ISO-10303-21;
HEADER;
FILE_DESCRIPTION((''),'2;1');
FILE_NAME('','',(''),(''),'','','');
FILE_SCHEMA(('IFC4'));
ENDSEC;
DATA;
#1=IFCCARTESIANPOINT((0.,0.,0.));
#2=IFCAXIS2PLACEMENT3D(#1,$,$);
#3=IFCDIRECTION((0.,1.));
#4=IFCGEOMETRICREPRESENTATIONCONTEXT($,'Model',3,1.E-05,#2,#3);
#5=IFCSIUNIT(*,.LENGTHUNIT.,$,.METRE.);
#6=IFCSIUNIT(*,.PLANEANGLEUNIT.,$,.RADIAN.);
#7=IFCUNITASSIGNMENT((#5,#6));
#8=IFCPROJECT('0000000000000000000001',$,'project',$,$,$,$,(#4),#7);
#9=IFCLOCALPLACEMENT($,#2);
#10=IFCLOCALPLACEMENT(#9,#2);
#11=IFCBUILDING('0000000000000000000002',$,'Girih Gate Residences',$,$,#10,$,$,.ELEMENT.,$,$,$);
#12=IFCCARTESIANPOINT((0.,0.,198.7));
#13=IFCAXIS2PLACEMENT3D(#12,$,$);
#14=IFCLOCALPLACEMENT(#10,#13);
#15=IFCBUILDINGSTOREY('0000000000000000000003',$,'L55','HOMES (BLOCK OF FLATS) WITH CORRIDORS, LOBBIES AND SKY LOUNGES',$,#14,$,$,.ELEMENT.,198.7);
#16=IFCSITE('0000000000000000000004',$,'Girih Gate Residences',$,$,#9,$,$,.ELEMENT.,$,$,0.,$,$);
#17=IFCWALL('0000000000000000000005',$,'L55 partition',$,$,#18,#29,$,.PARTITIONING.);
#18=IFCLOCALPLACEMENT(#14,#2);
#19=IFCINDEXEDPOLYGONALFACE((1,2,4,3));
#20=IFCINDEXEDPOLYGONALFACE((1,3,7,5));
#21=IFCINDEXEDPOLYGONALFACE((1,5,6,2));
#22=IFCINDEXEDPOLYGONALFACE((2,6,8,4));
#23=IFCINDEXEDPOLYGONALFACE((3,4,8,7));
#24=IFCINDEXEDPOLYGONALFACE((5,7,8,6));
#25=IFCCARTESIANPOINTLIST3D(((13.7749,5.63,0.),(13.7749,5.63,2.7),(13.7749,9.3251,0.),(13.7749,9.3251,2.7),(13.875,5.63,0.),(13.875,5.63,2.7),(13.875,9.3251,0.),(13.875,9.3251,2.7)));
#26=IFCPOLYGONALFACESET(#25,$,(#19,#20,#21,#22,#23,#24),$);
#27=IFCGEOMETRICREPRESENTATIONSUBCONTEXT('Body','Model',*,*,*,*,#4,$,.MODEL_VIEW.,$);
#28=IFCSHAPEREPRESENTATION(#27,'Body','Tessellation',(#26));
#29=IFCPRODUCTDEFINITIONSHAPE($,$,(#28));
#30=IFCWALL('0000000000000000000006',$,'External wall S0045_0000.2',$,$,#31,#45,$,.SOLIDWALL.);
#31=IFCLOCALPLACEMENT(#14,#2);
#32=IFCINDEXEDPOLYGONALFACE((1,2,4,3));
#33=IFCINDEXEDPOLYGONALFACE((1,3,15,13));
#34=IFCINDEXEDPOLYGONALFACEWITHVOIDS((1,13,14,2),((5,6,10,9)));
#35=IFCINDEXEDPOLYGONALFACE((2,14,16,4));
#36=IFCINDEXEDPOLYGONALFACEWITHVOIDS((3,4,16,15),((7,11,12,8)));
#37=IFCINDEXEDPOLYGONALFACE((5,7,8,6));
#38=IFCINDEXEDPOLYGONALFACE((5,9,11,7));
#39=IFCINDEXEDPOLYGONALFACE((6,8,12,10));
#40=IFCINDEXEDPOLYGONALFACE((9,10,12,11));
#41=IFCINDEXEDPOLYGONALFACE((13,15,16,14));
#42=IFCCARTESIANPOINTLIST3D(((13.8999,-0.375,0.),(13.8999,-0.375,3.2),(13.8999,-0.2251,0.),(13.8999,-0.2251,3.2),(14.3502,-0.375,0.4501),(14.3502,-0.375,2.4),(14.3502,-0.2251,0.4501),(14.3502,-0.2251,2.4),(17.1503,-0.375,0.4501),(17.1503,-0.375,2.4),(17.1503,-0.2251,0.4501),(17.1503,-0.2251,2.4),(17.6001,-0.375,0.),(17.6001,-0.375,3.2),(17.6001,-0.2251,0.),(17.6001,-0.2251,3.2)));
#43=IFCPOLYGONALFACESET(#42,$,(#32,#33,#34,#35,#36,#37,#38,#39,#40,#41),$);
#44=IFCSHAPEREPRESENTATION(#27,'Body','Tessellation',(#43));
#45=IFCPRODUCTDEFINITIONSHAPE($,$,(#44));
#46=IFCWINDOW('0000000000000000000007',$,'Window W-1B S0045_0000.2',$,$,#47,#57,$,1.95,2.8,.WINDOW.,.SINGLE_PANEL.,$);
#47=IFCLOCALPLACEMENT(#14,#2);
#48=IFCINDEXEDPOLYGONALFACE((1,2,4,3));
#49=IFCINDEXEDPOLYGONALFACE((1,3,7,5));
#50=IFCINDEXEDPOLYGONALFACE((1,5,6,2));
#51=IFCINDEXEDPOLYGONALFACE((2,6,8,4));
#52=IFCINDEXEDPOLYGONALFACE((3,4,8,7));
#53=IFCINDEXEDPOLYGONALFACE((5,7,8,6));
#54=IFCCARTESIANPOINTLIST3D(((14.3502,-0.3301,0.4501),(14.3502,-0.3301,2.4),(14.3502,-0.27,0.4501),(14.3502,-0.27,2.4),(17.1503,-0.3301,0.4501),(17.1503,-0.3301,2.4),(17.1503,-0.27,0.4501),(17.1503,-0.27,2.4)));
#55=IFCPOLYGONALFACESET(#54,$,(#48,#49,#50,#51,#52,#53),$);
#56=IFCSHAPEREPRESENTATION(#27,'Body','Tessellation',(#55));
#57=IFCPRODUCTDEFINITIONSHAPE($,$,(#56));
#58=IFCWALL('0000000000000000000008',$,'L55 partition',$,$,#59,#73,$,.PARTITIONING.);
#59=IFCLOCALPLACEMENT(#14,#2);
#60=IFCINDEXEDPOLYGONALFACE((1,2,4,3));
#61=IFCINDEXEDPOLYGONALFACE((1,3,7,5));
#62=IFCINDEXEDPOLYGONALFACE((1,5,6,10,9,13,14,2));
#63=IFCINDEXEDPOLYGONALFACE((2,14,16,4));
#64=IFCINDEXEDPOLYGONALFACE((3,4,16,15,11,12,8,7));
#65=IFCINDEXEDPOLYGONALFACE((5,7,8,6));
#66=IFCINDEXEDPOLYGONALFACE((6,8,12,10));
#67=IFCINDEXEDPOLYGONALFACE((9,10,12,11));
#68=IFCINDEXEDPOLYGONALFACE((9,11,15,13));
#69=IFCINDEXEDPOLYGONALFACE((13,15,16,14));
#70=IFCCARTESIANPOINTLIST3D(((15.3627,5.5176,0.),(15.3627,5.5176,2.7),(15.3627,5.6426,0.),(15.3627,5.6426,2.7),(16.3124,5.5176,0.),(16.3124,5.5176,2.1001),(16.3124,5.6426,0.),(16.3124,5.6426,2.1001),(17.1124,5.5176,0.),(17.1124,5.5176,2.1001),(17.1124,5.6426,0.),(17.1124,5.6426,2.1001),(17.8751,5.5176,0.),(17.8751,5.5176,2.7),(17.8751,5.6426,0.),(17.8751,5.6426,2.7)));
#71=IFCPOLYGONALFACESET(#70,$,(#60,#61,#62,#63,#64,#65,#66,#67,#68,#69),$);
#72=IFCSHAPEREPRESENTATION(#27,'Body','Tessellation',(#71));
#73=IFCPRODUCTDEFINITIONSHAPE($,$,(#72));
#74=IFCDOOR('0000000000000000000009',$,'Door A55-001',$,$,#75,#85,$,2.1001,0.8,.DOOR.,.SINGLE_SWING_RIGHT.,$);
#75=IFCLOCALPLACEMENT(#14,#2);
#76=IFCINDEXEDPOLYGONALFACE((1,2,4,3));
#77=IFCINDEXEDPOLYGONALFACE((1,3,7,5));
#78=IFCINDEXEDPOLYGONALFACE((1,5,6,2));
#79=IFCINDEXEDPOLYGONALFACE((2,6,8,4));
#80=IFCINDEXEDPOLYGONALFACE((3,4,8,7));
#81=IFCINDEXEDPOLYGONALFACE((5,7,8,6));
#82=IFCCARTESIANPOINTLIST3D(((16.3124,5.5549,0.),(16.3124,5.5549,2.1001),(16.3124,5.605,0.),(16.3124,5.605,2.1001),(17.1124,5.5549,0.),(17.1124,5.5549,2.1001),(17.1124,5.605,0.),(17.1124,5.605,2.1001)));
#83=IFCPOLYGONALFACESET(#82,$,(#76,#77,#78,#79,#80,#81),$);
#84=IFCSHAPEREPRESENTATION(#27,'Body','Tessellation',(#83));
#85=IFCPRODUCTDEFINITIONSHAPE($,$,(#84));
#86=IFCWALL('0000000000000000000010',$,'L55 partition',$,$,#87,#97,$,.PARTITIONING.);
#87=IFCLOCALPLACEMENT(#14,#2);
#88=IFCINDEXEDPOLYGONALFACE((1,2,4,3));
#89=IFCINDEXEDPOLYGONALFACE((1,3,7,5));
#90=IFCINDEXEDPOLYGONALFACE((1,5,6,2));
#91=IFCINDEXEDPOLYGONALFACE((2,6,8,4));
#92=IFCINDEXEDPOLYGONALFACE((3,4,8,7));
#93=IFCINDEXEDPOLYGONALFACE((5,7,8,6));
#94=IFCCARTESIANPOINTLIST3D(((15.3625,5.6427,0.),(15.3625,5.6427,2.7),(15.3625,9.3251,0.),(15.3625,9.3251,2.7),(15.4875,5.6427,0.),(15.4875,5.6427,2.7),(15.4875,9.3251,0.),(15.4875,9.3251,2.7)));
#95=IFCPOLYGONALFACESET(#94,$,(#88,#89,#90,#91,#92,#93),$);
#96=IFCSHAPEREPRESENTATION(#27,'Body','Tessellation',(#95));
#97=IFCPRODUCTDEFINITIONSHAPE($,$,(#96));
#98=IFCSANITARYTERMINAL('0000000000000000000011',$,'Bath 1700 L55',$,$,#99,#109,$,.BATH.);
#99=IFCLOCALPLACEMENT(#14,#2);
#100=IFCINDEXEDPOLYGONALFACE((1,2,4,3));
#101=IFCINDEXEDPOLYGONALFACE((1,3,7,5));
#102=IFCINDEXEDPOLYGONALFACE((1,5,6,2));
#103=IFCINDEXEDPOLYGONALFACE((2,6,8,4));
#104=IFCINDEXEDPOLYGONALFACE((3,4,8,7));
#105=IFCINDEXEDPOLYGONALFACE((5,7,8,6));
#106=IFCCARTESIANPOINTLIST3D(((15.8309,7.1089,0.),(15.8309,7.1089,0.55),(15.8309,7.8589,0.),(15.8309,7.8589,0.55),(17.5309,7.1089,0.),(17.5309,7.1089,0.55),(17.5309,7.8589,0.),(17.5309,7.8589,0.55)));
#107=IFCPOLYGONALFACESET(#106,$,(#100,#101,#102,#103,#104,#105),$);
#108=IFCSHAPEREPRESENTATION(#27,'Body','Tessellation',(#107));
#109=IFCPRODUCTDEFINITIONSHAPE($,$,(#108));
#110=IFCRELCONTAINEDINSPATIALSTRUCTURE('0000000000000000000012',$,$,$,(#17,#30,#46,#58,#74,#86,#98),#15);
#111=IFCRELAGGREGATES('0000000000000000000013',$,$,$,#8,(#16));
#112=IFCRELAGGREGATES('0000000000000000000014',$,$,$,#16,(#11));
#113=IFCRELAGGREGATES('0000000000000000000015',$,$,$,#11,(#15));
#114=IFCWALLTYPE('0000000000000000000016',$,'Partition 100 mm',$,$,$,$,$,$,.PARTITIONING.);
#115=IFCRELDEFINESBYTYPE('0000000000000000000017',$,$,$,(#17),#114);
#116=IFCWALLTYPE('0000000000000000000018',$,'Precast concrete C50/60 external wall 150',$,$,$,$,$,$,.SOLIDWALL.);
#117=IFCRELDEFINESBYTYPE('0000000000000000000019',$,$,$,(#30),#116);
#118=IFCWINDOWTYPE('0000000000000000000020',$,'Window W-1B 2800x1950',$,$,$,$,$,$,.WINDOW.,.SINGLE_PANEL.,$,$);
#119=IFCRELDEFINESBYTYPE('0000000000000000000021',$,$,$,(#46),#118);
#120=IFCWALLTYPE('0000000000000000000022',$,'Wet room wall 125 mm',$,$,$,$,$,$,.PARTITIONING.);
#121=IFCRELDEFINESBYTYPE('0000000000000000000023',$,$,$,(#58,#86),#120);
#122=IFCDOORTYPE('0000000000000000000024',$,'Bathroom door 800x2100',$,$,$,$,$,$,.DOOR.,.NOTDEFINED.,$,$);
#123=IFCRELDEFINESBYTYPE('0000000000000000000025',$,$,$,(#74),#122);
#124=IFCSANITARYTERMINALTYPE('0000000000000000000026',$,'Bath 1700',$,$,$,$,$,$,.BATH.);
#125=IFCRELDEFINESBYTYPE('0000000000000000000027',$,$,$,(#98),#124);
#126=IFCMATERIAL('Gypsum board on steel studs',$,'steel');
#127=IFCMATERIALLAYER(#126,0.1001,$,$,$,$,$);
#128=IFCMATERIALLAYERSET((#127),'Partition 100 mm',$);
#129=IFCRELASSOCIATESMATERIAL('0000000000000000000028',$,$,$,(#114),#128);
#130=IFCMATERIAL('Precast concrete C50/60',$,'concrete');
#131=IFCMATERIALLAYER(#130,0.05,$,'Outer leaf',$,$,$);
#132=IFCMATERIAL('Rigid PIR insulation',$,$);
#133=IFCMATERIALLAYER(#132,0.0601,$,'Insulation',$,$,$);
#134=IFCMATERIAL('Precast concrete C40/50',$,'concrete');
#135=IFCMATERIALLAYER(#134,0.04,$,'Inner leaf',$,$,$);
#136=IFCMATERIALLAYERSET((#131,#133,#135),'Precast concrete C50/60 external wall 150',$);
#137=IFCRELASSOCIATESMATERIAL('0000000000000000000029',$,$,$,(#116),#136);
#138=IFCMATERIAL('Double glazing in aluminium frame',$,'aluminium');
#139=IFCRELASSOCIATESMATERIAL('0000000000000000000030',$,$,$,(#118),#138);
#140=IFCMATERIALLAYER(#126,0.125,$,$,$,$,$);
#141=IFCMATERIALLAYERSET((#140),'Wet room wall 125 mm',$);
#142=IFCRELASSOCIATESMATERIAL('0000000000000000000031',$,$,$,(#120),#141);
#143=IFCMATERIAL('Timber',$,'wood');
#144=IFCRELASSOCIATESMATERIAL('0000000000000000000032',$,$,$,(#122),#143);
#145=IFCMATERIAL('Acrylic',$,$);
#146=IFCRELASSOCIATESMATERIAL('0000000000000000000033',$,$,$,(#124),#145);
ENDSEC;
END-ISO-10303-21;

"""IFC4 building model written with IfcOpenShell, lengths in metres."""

from ifc_helpers import new_model, si_unit, direction, frame, frame_2d, origin, origin_2d, place, context, subcontext, project, spatial, rectangle, extrude, material, layer, layer_set, type_object, element, fill, save


model = new_model("IFC4")

# Units and contexts
model_context = context("Model", 3, precision=1e-05, world=origin(), true_north=direction((0.0, 1.0)))
body_context = subcontext(model_context, "Body", "Model", "MODEL_VIEW")
ifc_project = project(units=[si_unit("LENGTHUNIT", "METRE"), si_unit("PLANEANGLEUNIT", "RADIAN")], contexts=[model_context])

# Site, building, storey
site_placement = place(None, origin())
site = spatial("IfcSite", under=ifc_project, at=site_placement, Name="Girih Gate Residences", CompositionType="ELEMENT", RefElevation=0.0)
building_placement = place(site_placement, origin())
building = spatial("IfcBuilding", under=site, at=building_placement, Name="Girih Gate Residences", CompositionType="ELEMENT")
storey_placement = place(building_placement, frame((0.0, 0.0, 198.7)))
storey = spatial("IfcBuildingStorey", under=building, at=storey_placement, Name="L55", Description="HOMES (BLOCK OF FLATS) WITH CORRIDORS, LOBBIES AND SKY LOUNGES", CompositionType="ELEMENT", Elevation=198.7)

# Shared definitions
ifc_material_1 = material(Name="Gypsum board on steel studs", Category="steel")
ifc_layer_1 = layer(ifc_material_1, 0.1001)
ifc_layer_set_1 = layer_set([ifc_layer_1], Name="Partition 100 mm")
wall_type_1 = type_object("IfcWallType", Name="Partition 100 mm", PredefinedType="PARTITIONING", material=ifc_layer_set_1)

# Shared definitions
ifc_material_2 = material(Name="Timber", Category="wood")

# Wall
wall_1_placement = place(storey_placement, frame((13.825, 5.6299, 0.0), z_axis=(0.0, 0.0, 1.0), x_axis=(0.0, 1.0, 0.0)))
element("IfcWall", 1, at=wall_1_placement, inside=storey, type_object=wall_type_1, Name="L55 partition", PredefinedType="PARTITIONING", context=body_context, shape_type="SweptSolid", body=[
    extrude(rectangle(XDim=3.6951, YDim=0.1001, at=frame_2d((1.8477, 0.0))), origin(), (0.0, 0.0, 1.0), 2.7),
])

# Wall, opening, window
ifc_material_3 = material(Name="Precast concrete C50/60", Category="concrete")
ifc_layer_2 = layer(ifc_material_3, 0.05, Name="Outer leaf")
ifc_material_4 = material(Name="Rigid PIR insulation")
ifc_layer_3 = layer(ifc_material_4, 0.0601, Name="Insulation")
ifc_material_5 = material(Name="Precast concrete C40/50", Category="concrete")
ifc_layer_4 = layer(ifc_material_5, 0.04, Name="Inner leaf")
ifc_layer_set_2 = layer_set([ifc_layer_2, ifc_layer_3, ifc_layer_4], Name="Precast concrete C50/60 external wall 150")
wall_type_2 = type_object("IfcWallType", Name="Precast concrete C50/60 external wall 150", PredefinedType="SOLIDWALL", material=ifc_layer_set_2)
wall_2_placement = place(storey_placement, frame((17.6001, -0.3, 0.0), z_axis=(0.0, 0.0, 1.0), x_axis=(-1.0, 0.0, 0.0)))
wall_2 = element("IfcWall", 2, at=wall_2_placement, inside=storey, type_object=wall_type_2, Name="External wall S0045_0000.2", PredefinedType="SOLIDWALL", context=body_context, shape_type="SweptSolid", body=[
    extrude(rectangle(XDim=3.7002, YDim=0.1499, at=frame_2d((1.8501, 0.0))), origin(), (0.0, 0.0, 1.0), 3.2),
])
opening_1_placement = place(wall_2_placement, frame((0.45, 0.0, 0.45)))
opening_1 = element("IfcOpeningElement", 3, at=opening_1_placement, cuts=wall_2, PredefinedType="OPENING", context=body_context, shape_type="SweptSolid", body=[
    extrude(rectangle(XDim=2.8, YDim=1.95, at=frame_2d((1.3999, 0.9751))), frame((0.0, 0.085, 0.0), z_axis=(0.0, -1.0, 0.0), x_axis=(1.0, 0.0, 0.0)), (0.0, 0.0, 1.0), 0.1699),
])
ifc_material_6 = material(Name="Double glazing in aluminium frame", Category="aluminium")
window_type = type_object("IfcWindowType", Name="Window W-1B 2800x1950", PartitioningType="SINGLE_PANEL", PredefinedType="WINDOW", material=ifc_material_6)
window_placement = place(opening_1_placement, origin())
window = element("IfcWindow", 4, at=window_placement, inside=storey, type_object=window_type, Name="Window W-1B S0045_0000.2", OverallHeight=1.95, OverallWidth=2.8, PartitioningType="SINGLE_PANEL", PredefinedType="WINDOW", context=body_context, shape_type="SweptSolid", body=[
    extrude(rectangle(XDim=2.8, YDim=1.95, at=frame_2d((1.3999, 0.9751))), frame((0.0, 0.03, 0.0), z_axis=(0.0, -1.0, 0.0), x_axis=(1.0, 0.0, 0.0)), (0.0, 0.0, 1.0), 0.0601),
])
fill(opening_1, window)

# Wall, opening, door
ifc_layer_5 = layer(ifc_material_1, 0.125)
ifc_layer_set_3 = layer_set([ifc_layer_5], Name="Wet room wall 125 mm")
wall_type_3 = type_object("IfcWallType", Name="Wet room wall 125 mm", PredefinedType="PARTITIONING", material=ifc_layer_set_3)
wall_3_placement = place(storey_placement, frame((15.3625, 5.5801, 0.0), z_axis=(0.0, 0.0, 1.0), x_axis=(1.0, 0.0, 0.0)))
wall_3 = element("IfcWall", 5, at=wall_3_placement, inside=storey, type_object=wall_type_3, Name="L55 partition", PredefinedType="PARTITIONING", context=body_context, shape_type="SweptSolid", body=[
    extrude(rectangle(XDim=2.5125, YDim=0.125, at=frame_2d((1.2563, 0.0))), origin(), (0.0, 0.0, 1.0), 2.7),
])
opening_2_placement = place(wall_3_placement, frame((0.95, 0.0, 0.0)))
opening_2 = element("IfcOpeningElement", 6, at=opening_2_placement, cuts=wall_3, PredefinedType="OPENING", context=body_context, shape_type="SweptSolid", body=[
    extrude(rectangle(XDim=0.8, YDim=2.1001, at=frame_2d((0.3999, 1.05))), frame((0.0, 0.0725, 0.0), z_axis=(0.0, -1.0, 0.0), x_axis=(1.0, 0.0, 0.0)), (0.0, 0.0, 1.0), 0.145),
])
door_type_1 = type_object("IfcDoorType", Name="Bathroom door 800x2100", OperationType="NOTDEFINED", PredefinedType="DOOR", material=ifc_material_2)
door_1_placement = place(opening_2_placement, origin())
door_1 = element("IfcDoor", 7, at=door_1_placement, inside=storey, type_object=door_type_1, Name="Door A55-001", OperationType="SINGLE_SWING_RIGHT", OverallHeight=2.1001, OverallWidth=0.8, PredefinedType="DOOR", context=body_context, shape_type="SweptSolid", body=[
    extrude(rectangle(XDim=0.8, YDim=2.1001, at=frame_2d((0.3999, 1.05))), frame((0.0, 0.0249, 0.0), z_axis=(0.0, -1.0, 0.0), x_axis=(1.0, 0.0, 0.0)), (0.0, 0.0, 1.0), 0.05),
])
fill(opening_2, door_1)

# Wall
wall_4_placement = place(storey_placement, frame((15.425, 5.6426, 0.0), z_axis=(0.0, 0.0, 1.0), x_axis=(0.0, 1.0, 0.0)))
element("IfcWall", 8, at=wall_4_placement, inside=storey, type_object=wall_type_3, Name="L55 partition", PredefinedType="PARTITIONING", context=body_context, shape_type="SweptSolid", body=[
    extrude(rectangle(XDim=3.6824, YDim=0.125, at=frame_2d((1.8413, 0.0))), origin(), (0.0, 0.0, 1.0), 2.7),
])

# Sanitary terminal
ifc_material_7 = material(Name="Acrylic")
sanitary_terminal_type = type_object("IfcSanitaryTerminalType", Name="Bath 1700", PredefinedType="BATH", material=ifc_material_7)
sanitary_terminal_placement = place(storey_placement, frame((16.6809, 7.4839, 0.0), z_axis=(0.0, 0.0, 1.0), x_axis=(1.0, 0.0, 0.0)))
element("IfcSanitaryTerminal", 9, at=sanitary_terminal_placement, inside=storey, type_object=sanitary_terminal_type, Name="Bath 1700 L55", PredefinedType="BATH", context=body_context, shape_type="SweptSolid", body=[
    extrude(rectangle(XDim=1.7, YDim=0.75, at=origin_2d()), origin(), (0.0, 0.0, 1.0), 0.55),
])

save(model, "model.ifc")
